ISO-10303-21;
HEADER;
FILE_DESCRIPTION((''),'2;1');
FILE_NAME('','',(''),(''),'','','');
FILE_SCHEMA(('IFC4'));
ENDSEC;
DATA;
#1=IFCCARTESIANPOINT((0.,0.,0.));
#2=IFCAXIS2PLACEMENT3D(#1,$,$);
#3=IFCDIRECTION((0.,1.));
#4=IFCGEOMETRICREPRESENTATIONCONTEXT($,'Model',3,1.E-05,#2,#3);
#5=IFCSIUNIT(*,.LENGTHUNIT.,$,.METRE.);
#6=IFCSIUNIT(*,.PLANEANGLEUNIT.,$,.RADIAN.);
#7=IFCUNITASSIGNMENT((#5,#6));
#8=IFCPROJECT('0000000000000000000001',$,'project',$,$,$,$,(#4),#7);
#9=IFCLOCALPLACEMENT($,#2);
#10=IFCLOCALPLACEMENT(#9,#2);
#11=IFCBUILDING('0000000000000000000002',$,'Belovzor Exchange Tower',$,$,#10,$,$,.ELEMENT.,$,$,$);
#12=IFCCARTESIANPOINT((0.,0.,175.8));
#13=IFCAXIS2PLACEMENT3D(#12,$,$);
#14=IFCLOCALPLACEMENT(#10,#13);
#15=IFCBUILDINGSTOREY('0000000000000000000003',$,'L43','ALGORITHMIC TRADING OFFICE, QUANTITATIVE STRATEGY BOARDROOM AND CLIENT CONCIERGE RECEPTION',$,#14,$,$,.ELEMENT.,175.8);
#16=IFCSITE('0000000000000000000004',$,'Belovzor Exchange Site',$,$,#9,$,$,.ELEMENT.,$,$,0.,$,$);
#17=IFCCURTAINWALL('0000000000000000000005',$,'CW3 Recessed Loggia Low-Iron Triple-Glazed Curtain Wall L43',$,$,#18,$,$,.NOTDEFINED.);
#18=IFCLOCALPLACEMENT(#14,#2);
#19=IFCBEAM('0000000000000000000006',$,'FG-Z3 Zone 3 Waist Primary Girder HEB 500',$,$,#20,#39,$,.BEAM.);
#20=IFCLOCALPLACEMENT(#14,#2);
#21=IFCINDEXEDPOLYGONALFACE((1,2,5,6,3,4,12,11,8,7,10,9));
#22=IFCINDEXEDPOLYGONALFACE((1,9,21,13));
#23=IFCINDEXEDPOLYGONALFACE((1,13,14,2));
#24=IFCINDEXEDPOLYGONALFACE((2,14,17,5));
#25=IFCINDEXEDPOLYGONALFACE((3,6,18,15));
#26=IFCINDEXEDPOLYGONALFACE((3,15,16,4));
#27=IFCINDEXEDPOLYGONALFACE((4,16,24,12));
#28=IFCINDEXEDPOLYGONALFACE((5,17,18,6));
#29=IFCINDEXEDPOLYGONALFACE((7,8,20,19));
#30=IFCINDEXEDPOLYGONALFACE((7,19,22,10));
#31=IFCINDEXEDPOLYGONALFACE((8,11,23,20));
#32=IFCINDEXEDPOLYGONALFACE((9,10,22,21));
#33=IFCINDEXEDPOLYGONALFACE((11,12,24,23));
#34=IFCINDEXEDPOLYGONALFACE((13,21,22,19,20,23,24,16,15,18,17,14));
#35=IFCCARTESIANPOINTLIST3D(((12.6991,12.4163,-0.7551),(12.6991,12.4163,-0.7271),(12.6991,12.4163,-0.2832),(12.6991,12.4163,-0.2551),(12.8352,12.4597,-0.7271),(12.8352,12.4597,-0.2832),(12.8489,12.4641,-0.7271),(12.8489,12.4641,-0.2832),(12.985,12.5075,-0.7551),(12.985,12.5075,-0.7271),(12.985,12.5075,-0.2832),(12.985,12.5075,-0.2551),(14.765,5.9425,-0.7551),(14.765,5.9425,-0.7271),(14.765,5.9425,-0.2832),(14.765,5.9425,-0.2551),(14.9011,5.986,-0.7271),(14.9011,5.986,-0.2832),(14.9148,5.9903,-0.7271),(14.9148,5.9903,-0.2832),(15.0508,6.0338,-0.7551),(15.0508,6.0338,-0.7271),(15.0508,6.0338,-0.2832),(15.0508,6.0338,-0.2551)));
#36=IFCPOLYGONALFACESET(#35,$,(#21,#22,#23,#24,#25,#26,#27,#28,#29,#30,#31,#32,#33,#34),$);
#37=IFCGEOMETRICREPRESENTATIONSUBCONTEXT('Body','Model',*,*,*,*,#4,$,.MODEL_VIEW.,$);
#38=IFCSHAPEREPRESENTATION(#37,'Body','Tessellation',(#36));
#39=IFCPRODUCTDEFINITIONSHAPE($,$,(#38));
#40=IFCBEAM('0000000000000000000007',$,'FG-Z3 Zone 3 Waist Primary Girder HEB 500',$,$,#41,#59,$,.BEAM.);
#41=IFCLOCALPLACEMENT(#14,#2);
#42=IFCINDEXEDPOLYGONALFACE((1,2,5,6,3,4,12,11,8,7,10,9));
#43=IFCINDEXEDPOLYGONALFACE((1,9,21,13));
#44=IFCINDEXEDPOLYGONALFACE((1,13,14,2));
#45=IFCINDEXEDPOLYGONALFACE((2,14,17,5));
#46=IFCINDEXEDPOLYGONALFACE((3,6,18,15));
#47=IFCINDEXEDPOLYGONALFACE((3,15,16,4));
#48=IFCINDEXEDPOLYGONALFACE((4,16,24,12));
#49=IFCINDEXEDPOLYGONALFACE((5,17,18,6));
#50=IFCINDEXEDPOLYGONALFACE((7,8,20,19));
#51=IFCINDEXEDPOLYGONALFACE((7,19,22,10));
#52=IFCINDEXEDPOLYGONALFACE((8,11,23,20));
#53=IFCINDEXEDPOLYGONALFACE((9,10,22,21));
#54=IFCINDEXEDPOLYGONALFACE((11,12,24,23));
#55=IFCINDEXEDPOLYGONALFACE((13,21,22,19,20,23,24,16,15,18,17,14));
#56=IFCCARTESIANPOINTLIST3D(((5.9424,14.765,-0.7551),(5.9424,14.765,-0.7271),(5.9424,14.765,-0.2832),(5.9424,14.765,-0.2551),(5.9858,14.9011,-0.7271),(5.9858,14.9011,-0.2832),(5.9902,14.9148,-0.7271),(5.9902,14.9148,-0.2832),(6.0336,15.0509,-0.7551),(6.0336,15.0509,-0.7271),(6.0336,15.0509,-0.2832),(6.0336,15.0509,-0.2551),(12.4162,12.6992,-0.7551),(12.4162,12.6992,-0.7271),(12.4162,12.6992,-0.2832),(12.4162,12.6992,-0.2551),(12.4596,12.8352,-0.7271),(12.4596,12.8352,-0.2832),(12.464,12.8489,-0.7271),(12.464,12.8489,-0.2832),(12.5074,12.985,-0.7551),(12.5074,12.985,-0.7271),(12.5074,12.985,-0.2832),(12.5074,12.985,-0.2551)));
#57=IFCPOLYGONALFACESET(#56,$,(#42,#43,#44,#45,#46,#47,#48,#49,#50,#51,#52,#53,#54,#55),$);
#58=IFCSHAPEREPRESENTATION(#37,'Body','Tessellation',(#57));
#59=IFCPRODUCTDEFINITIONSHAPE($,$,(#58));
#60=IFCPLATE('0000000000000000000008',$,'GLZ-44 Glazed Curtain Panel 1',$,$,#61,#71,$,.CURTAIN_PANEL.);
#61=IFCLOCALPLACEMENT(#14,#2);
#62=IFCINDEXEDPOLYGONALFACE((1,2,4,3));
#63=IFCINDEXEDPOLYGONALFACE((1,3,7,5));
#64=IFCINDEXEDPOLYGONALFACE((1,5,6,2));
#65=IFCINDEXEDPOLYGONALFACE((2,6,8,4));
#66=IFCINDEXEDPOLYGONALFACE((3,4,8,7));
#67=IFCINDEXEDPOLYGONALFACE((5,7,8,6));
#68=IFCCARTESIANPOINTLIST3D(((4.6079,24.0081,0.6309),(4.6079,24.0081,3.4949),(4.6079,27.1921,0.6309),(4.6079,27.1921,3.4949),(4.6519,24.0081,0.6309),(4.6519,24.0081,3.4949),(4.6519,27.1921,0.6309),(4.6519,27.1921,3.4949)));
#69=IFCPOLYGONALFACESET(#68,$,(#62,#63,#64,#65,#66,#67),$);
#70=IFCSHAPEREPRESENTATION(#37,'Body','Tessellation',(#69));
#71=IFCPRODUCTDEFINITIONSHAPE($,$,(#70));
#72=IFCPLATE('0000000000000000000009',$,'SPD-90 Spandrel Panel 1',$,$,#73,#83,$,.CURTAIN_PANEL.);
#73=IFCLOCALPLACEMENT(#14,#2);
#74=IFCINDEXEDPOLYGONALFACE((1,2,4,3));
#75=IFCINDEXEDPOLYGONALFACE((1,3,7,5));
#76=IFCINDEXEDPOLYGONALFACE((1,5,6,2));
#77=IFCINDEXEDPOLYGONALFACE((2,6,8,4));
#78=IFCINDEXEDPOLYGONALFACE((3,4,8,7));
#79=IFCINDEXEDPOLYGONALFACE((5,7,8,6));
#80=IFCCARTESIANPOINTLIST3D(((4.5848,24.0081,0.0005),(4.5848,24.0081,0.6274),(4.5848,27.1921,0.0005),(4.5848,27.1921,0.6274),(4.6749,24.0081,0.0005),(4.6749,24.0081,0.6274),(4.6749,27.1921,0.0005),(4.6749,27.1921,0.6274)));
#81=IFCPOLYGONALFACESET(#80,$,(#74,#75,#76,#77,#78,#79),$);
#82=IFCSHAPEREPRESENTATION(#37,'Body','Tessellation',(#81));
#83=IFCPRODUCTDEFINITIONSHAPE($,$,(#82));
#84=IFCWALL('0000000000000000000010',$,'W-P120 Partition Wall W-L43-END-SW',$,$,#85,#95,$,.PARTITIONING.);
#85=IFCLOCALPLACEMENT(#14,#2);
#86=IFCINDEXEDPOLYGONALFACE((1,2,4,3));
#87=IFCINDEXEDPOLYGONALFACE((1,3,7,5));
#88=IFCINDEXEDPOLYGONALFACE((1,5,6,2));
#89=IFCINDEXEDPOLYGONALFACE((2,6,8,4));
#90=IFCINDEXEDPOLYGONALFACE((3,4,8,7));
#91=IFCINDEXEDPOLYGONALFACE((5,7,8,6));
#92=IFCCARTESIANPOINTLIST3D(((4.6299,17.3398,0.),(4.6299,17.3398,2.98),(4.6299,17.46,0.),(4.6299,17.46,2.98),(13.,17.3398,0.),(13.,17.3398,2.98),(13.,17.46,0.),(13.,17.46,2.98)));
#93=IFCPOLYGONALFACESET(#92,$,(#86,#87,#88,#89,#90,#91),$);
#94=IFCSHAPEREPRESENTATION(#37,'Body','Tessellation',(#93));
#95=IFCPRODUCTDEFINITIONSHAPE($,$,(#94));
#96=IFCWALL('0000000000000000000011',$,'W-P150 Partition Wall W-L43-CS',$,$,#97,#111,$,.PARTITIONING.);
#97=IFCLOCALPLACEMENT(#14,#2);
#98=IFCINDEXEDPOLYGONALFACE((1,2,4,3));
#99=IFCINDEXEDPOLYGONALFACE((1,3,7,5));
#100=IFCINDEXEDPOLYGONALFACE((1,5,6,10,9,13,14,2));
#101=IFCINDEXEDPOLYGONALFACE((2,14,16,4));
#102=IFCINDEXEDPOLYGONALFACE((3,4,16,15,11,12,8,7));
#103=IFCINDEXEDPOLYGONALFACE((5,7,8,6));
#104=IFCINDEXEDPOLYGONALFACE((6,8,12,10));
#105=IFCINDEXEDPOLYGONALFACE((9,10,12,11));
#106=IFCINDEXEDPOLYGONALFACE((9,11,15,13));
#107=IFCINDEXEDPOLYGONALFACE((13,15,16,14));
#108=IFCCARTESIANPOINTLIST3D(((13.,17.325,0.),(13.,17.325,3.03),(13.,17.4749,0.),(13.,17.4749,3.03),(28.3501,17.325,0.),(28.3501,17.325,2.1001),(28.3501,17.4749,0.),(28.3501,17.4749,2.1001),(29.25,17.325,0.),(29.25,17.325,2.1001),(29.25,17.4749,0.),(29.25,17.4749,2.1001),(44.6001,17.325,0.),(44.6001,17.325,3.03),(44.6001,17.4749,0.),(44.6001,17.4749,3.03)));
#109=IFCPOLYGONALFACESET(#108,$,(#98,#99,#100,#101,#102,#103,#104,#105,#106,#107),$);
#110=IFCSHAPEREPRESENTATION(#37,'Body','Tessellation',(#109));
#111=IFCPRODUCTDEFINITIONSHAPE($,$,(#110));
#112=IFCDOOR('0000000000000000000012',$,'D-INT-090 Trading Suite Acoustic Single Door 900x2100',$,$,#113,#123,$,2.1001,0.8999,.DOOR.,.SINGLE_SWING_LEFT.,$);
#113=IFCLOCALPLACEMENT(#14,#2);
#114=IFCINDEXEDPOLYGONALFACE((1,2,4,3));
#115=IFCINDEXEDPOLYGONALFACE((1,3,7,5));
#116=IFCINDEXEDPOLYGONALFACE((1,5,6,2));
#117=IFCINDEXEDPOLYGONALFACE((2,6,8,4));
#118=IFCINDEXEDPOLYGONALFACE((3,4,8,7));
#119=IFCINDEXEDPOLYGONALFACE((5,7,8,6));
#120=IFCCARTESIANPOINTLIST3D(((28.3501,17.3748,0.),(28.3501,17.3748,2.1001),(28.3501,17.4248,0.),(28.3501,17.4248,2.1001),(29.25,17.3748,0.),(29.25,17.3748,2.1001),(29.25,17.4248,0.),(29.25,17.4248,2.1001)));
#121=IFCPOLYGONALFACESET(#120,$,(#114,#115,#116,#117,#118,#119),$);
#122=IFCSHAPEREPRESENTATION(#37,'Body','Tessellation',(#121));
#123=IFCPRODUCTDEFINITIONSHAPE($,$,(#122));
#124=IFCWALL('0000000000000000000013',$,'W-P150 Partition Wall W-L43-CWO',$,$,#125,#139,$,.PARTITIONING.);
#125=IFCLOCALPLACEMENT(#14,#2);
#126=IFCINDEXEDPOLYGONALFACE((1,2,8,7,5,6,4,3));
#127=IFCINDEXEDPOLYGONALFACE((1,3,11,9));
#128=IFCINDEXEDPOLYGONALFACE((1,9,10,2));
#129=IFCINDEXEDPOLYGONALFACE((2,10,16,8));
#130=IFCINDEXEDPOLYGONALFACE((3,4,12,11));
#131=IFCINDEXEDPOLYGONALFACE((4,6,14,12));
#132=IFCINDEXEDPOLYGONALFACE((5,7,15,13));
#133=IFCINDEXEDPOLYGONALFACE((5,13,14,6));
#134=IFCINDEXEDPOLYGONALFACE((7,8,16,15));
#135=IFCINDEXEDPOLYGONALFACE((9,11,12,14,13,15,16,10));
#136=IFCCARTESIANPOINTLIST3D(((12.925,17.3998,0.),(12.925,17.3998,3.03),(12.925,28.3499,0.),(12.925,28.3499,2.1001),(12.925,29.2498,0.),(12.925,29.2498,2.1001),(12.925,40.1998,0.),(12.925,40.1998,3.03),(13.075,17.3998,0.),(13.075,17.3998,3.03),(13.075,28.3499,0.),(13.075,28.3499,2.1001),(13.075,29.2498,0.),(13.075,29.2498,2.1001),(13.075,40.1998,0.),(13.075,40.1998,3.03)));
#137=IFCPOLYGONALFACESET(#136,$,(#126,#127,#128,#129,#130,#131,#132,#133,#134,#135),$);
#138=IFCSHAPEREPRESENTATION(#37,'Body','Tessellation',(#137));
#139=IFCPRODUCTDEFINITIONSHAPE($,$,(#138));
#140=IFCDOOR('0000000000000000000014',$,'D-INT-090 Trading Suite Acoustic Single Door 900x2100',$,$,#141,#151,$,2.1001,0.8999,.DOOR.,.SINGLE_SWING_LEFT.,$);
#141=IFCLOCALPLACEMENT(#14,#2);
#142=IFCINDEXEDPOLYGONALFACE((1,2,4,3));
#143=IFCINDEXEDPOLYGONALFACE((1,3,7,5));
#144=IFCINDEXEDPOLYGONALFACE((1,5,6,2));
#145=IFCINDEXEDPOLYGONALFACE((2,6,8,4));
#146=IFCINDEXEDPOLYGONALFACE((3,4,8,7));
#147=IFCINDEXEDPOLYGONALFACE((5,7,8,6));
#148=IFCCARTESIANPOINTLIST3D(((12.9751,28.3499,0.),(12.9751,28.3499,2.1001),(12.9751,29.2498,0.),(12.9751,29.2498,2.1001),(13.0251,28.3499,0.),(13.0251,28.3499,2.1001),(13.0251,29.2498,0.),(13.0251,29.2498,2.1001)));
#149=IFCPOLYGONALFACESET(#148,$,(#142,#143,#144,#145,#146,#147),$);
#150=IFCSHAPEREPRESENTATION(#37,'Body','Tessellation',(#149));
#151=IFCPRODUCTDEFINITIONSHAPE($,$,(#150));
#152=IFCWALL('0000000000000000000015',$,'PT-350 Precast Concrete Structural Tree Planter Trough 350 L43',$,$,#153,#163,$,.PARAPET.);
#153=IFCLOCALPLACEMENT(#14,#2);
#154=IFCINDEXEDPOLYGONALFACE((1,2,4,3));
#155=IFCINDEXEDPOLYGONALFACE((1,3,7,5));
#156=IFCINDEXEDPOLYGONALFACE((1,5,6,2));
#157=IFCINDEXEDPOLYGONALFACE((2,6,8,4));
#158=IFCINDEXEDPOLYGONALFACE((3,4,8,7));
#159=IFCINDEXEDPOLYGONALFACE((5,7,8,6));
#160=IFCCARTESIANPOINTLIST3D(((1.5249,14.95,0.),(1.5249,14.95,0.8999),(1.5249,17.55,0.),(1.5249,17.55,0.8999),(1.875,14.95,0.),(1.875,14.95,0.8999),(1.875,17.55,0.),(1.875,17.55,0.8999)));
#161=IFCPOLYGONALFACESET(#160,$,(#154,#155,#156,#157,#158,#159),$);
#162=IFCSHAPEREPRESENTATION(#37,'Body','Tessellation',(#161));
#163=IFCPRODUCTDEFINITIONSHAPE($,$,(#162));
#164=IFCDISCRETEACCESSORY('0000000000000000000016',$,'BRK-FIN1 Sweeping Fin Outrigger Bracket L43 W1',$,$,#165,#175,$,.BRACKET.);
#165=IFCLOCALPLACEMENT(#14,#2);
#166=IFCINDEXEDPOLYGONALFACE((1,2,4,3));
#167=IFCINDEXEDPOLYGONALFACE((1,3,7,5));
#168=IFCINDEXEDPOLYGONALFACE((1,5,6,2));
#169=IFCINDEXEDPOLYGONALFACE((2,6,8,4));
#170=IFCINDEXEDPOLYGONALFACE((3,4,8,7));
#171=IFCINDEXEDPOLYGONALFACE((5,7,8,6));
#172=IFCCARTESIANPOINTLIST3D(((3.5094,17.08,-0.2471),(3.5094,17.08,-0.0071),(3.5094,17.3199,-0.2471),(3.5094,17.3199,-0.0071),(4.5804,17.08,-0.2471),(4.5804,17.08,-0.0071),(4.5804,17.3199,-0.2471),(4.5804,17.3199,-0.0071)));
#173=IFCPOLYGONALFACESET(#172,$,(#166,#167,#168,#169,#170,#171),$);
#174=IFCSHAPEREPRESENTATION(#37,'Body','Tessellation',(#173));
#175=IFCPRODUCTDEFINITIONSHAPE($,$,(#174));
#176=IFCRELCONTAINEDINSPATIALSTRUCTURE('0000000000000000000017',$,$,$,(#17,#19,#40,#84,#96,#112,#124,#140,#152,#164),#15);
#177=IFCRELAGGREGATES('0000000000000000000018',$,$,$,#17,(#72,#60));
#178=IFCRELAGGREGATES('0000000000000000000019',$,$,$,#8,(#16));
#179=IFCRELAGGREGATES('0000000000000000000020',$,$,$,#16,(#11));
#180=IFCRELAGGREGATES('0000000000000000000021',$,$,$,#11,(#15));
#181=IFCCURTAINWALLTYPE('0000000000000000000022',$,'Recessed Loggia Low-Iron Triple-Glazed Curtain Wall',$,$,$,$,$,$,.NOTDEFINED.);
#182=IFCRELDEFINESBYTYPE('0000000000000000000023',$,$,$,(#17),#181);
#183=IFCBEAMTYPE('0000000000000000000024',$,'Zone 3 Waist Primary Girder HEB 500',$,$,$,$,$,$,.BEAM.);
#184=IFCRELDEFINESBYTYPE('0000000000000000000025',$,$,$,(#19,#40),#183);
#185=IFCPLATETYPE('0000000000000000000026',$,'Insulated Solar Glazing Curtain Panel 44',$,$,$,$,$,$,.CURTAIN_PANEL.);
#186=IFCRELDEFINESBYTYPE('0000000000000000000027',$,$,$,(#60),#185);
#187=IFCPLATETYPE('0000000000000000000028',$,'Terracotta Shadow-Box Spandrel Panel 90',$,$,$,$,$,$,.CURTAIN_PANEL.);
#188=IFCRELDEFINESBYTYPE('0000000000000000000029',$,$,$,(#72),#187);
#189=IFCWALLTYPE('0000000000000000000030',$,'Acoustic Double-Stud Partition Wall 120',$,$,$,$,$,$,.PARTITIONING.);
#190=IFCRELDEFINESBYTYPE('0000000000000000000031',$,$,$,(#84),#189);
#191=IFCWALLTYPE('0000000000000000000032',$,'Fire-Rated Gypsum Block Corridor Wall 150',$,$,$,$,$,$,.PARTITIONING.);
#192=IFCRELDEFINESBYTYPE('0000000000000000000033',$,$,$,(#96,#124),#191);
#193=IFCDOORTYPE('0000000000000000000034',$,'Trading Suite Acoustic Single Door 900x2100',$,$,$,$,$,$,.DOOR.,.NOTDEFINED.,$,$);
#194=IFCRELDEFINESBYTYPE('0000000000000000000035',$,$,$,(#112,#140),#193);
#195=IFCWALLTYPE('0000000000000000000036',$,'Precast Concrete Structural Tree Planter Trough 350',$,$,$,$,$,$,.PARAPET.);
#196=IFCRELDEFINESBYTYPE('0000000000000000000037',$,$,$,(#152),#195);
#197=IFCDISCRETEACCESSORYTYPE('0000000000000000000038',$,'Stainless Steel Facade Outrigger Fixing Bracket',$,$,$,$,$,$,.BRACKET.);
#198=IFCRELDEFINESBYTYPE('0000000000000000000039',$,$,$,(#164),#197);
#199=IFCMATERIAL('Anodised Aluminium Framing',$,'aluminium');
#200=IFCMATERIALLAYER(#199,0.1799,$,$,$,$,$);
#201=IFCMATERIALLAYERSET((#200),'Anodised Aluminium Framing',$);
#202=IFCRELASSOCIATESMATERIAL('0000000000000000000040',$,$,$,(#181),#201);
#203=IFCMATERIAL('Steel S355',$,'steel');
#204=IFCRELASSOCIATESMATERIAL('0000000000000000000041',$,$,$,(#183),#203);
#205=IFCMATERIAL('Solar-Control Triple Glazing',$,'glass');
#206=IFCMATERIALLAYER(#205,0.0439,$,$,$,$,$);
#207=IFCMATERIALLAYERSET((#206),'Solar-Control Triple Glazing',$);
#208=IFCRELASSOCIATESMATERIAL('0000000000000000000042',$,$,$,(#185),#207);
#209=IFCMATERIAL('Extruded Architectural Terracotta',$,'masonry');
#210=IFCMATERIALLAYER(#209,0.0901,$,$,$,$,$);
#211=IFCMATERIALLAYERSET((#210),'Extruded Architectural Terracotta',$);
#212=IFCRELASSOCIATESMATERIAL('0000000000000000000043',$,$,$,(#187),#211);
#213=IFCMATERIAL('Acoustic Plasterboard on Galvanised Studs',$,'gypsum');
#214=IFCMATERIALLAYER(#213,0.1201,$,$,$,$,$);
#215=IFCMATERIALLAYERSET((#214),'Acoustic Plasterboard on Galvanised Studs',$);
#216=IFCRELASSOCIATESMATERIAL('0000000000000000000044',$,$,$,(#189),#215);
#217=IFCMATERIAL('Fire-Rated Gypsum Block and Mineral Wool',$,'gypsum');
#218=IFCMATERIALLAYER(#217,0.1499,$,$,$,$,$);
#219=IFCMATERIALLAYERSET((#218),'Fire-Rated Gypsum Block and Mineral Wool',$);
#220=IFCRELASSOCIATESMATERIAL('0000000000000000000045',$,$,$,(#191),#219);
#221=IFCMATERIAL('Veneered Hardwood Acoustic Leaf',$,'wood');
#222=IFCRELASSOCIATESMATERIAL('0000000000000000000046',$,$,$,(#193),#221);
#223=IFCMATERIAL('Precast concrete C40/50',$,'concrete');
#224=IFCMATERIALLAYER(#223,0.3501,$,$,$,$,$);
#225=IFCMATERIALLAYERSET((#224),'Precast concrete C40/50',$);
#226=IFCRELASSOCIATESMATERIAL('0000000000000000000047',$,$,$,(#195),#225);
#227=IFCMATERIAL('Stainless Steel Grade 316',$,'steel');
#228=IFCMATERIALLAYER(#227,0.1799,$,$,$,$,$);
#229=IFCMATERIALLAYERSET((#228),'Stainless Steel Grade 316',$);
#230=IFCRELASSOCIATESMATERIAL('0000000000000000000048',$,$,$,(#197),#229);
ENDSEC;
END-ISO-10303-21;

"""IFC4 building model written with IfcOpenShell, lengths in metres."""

from ifc_helpers import new_model, si_unit, direction, frame, frame_2d, origin, origin_2d, place, context, subcontext, project, spatial, rectangle, i_section, extrude, material, layer, layer_set, material_profile, profile_set, type_object, element, fill, aggregate, save


model = new_model("IFC4")

# Units and contexts
model_context = context("Model", 3, precision=1e-05, world=origin(), true_north=direction((0.0, 1.0)))
body_context = subcontext(model_context, "Body", "Model", "MODEL_VIEW")
ifc_project = project(units=[si_unit("LENGTHUNIT", "METRE"), si_unit("PLANEANGLEUNIT", "RADIAN")], contexts=[model_context])

# Site, building, storey
site_placement = place(None, origin())
site = spatial("IfcSite", under=ifc_project, at=site_placement, Name="Belovzor Exchange Site", CompositionType="ELEMENT", RefElevation=0.0)
building_placement = place(site_placement, origin())
building = spatial("IfcBuilding", under=site, at=building_placement, Name="Belovzor Exchange Tower", CompositionType="ELEMENT")
storey_placement = place(building_placement, frame((0.0, 0.0, 175.8)))
storey = spatial("IfcBuildingStorey", under=building, at=storey_placement, Name="L43", Description="ALGORITHMIC TRADING OFFICE, QUANTITATIVE STRATEGY BOARDROOM AND CLIENT CONCIERGE RECEPTION", CompositionType="ELEMENT", Elevation=175.8)

# Curtain wall
ifc_material_1 = material(Name="Anodised Aluminium Framing", Category="aluminium")
ifc_layer_1 = layer(ifc_material_1, 0.1799)
ifc_layer_set_1 = layer_set([ifc_layer_1], Name="Anodised Aluminium Framing")
curtain_wall_type = type_object("IfcCurtainWallType", Name="Recessed Loggia Low-Iron Triple-Glazed Curtain Wall", PredefinedType="NOTDEFINED", material=ifc_layer_set_1)
curtain_wall_placement = place(storey_placement, origin())
curtain_wall = element("IfcCurtainWall", 1, at=curtain_wall_placement, inside=storey, type_object=curtain_wall_type, Name="CW3 Recessed Loggia Low-Iron Triple-Glazed Curtain Wall L43", PredefinedType="NOTDEFINED")

# Beams
ifc_material_2 = material(Name="Steel S355", Category="steel")
ifc_material_profile_1 = material_profile(ifc_material_2, i_section(OverallWidth=0.3, OverallDepth=0.5, WebThickness=0.0144, FlangeThickness=0.0281, at=origin_2d()))
ifc_profile_set_1 = profile_set([ifc_material_profile_1], Name="Steel S355")
beam_type_1 = type_object("IfcBeamType", Name="Zone 3 Waist Primary Girder HEB 500", PredefinedType="BEAM", material=ifc_profile_set_1)
for number, where, z_axis, x_axis, name in (
    (2, (12.842, 12.4619, -0.5051), (0.304012, -0.952668, 0.0), (0.952668, 0.304012, 0.0), "FG-Z3 Zone 3 Waist Primary Girder HEB 500"),
    (3, (5.988, 14.908, -0.5051), (0.952668, -0.304012, 0.0), (0.304012, 0.952668, 0.0), "FG-Z3 Zone 3 Waist Primary Girder HEB 500"),
):
    element("IfcBeam", number, at=place(storey_placement, frame(where, z_axis=z_axis, x_axis=x_axis)), inside=storey, type_object=beam_type_1, Name=name, PredefinedType="BEAM", context=body_context, shape_type="SweptSolid", body=[
        extrude(i_section(OverallWidth=0.3, OverallDepth=0.5, WebThickness=0.0144, FlangeThickness=0.0281, at=origin_2d()), origin(), (0.0, 0.0, 1.0), 6.7954),
    ])

# Plates
ifc_material_3 = material(Name="Solar-Control Triple Glazing", Category="glass")
ifc_layer_2 = layer(ifc_material_3, 0.0439)
ifc_layer_set_2 = layer_set([ifc_layer_2], Name="Solar-Control Triple Glazing")
plate_type_1 = type_object("IfcPlateType", Name="Insulated Solar Glazing Curtain Panel 44", PredefinedType="CURTAIN_PANEL", material=ifc_layer_set_2)
plate_1_placement = place(storey_placement, frame((4.6299, 25.6001, 0.6309), z_axis=(0.0, 0.0, 1.0), x_axis=(0.0, 1.0, 0.0)))
plate_1 = element("IfcPlate", 4, at=plate_1_placement, type_object=plate_type_1, Name="GLZ-44 Glazed Curtain Panel 1", PredefinedType="CURTAIN_PANEL", context=body_context, shape_type="SweptSolid", body=[
    extrude(rectangle(XDim=3.1841, YDim=0.0439, at=origin_2d()), origin(), (0.0, 0.0, 1.0), 2.864),
])
ifc_material_4 = material(Name="Extruded Architectural Terracotta", Category="masonry")
ifc_layer_3 = layer(ifc_material_4, 0.0901)
ifc_layer_set_3 = layer_set([ifc_layer_3], Name="Extruded Architectural Terracotta")
plate_type_2 = type_object("IfcPlateType", Name="Terracotta Shadow-Box Spandrel Panel 90", PredefinedType="CURTAIN_PANEL", material=ifc_layer_set_3)
plate_2_placement = place(storey_placement, frame((4.6299, 25.6001, 0.0005), z_axis=(0.0, 0.0, 1.0), x_axis=(0.0, 1.0, 0.0)))
plate_2 = element("IfcPlate", 5, at=plate_2_placement, type_object=plate_type_2, Name="SPD-90 Spandrel Panel 1", PredefinedType="CURTAIN_PANEL", context=body_context, shape_type="SweptSolid", body=[
    extrude(rectangle(XDim=3.1841, YDim=0.0901, at=origin_2d()), origin(), (0.0, 0.0, 1.0), 0.627),
])
aggregate(curtain_wall, [plate_2, plate_1])

# Wall
ifc_material_5 = material(Name="Acoustic Plasterboard on Galvanised Studs", Category="gypsum")
ifc_layer_4 = layer(ifc_material_5, 0.1201)
ifc_layer_set_4 = layer_set([ifc_layer_4], Name="Acoustic Plasterboard on Galvanised Studs")
wall_type_1 = type_object("IfcWallType", Name="Acoustic Double-Stud Partition Wall 120", PredefinedType="PARTITIONING", material=ifc_layer_set_4)
wall_1_placement = place(storey_placement, frame((4.6299, 17.3999, 0.0), z_axis=(0.0, 0.0, 1.0), x_axis=(1.0, 0.0, 0.0)))
element("IfcWall", 6, at=wall_1_placement, inside=storey, type_object=wall_type_1, Name="W-P120 Partition Wall W-L43-END-SW", PredefinedType="PARTITIONING", context=body_context, shape_type="SweptSolid", body=[
    extrude(rectangle(XDim=8.3701, YDim=0.1201, at=frame_2d((4.1851, 0.0))), origin(), (0.0, 0.0, 1.0), 2.98),
])

# Walls, openings, doors
ifc_material_6 = material(Name="Fire-Rated Gypsum Block and Mineral Wool", Category="gypsum")
ifc_layer_5 = layer(ifc_material_6, 0.1499)
ifc_layer_set_5 = layer_set([ifc_layer_5], Name="Fire-Rated Gypsum Block and Mineral Wool")
wall_type_2 = type_object("IfcWallType", Name="Fire-Rated Gypsum Block Corridor Wall 150", PredefinedType="PARTITIONING", material=ifc_layer_set_5)
wall_2_placement = place(storey_placement, frame((13.0, 17.3999, 0.0), z_axis=(0.0, 0.0, 1.0), x_axis=(1.0, 0.0, 0.0)))
wall_2 = element("IfcWall", 7, at=wall_2_placement, inside=storey, type_object=wall_type_2, Name="W-P150 Partition Wall W-L43-CS", PredefinedType="PARTITIONING", context=body_context, shape_type="SweptSolid", body=[
    extrude(rectangle(XDim=31.6001, YDim=0.1499, at=frame_2d((15.8, 0.0))), origin(), (0.0, 0.0, 1.0), 3.03),
])
opening_1_placement = place(wall_2_placement, frame((15.3501, 0.0, 0.0)))
opening_1 = element("IfcOpeningElement", 8, at=opening_1_placement, cuts=wall_2, PredefinedType="OPENING", context=body_context, shape_type="SweptSolid", body=[
    extrude(rectangle(XDim=0.8999, YDim=2.1001, at=frame_2d((0.45, 1.05))), frame((0.0, 0.085, 0.0), z_axis=(0.0, -1.0, 0.0), x_axis=(1.0, 0.0, 0.0)), (0.0, 0.0, 1.0), 0.1699),
])
ifc_material_7 = material(Name="Veneered Hardwood Acoustic Leaf", Category="wood")
door_type = type_object("IfcDoorType", Name="Trading Suite Acoustic Single Door 900x2100", OperationType="NOTDEFINED", PredefinedType="DOOR", material=ifc_material_7)
door_1_placement = place(opening_1_placement, origin())
door_1 = element("IfcDoor", 9, at=door_1_placement, inside=storey, type_object=door_type, Name="D-INT-090 Trading Suite Acoustic Single Door 900x2100", OperationType="SINGLE_SWING_LEFT", OverallHeight=2.1001, OverallWidth=0.8999, PredefinedType="DOOR", context=body_context, shape_type="SweptSolid", body=[
    extrude(rectangle(XDim=0.8999, YDim=2.1001, at=frame_2d((0.45, 1.05))), frame((0.0, 0.0249, 0.0), z_axis=(0.0, -1.0, 0.0), x_axis=(1.0, 0.0, 0.0)), (0.0, 0.0, 1.0), 0.05),
])
fill(opening_1, door_1)
wall_3_placement = place(storey_placement, frame((13.0, 17.3999, 0.0), z_axis=(0.0, 0.0, 1.0), x_axis=(0.0, 1.0, 0.0)))
wall_3 = element("IfcWall", 10, at=wall_3_placement, inside=storey, type_object=wall_type_2, Name="W-P150 Partition Wall W-L43-CWO", PredefinedType="PARTITIONING", context=body_context, shape_type="SweptSolid", body=[
    extrude(rectangle(XDim=22.8, YDim=0.1499, at=frame_2d((11.3999, 0.0))), origin(), (0.0, 0.0, 1.0), 3.03),
])
opening_2_placement = place(wall_3_placement, frame((10.95, 0.0, 0.0)))
opening_2 = element("IfcOpeningElement", 11, at=opening_2_placement, cuts=wall_3, PredefinedType="OPENING", context=body_context, shape_type="SweptSolid", body=[
    extrude(rectangle(XDim=0.8999, YDim=2.1001, at=frame_2d((0.45, 1.05))), frame((0.0, 0.085, 0.0), z_axis=(0.0, -1.0, 0.0), x_axis=(1.0, 0.0, 0.0)), (0.0, 0.0, 1.0), 0.1699),
])
door_2_placement = place(opening_2_placement, origin())
door_2 = element("IfcDoor", 12, at=door_2_placement, inside=storey, type_object=door_type, Name="D-INT-090 Trading Suite Acoustic Single Door 900x2100", OperationType="SINGLE_SWING_LEFT", OverallHeight=2.1001, OverallWidth=0.8999, PredefinedType="DOOR", context=body_context, shape_type="SweptSolid", body=[
    extrude(rectangle(XDim=0.8999, YDim=2.1001, at=frame_2d((0.45, 1.05))), frame((0.0, 0.0249, 0.0), z_axis=(0.0, -1.0, 0.0), x_axis=(1.0, 0.0, 0.0)), (0.0, 0.0, 1.0), 0.05),
])
fill(opening_2, door_2)

# Wall
ifc_material_8 = material(Name="Precast concrete C40/50", Category="concrete")
ifc_layer_6 = layer(ifc_material_8, 0.3501)
ifc_layer_set_6 = layer_set([ifc_layer_6], Name="Precast concrete C40/50")
wall_type_3 = type_object("IfcWallType", Name="Precast Concrete Structural Tree Planter Trough 350", PredefinedType="PARAPET", material=ifc_layer_set_6)
wall_4_placement = place(storey_placement, frame((1.7, 14.95, 0.0), z_axis=(0.0, 0.0, 1.0), x_axis=(0.0, 1.0, 0.0)))
element("IfcWall", 13, at=wall_4_placement, inside=storey, type_object=wall_type_3, Name="PT-350 Precast Concrete Structural Tree Planter Trough 350 L43", PredefinedType="PARAPET", context=body_context, shape_type="SweptSolid", body=[
    extrude(rectangle(XDim=2.6001, YDim=0.3501, at=frame_2d((1.3, 0.0))), origin(), (0.0, 0.0, 1.0), 0.8999),
])

# Discrete accessory
ifc_material_9 = material(Name="Stainless Steel Grade 316", Category="steel")
ifc_layer_7 = layer(ifc_material_9, 0.1799)
ifc_layer_set_7 = layer_set([ifc_layer_7], Name="Stainless Steel Grade 316")
discrete_accessory_type = type_object("IfcDiscreteAccessoryType", Name="Stainless Steel Facade Outrigger Fixing Bracket", PredefinedType="BRACKET", material=ifc_layer_set_7)
for number, where, z_axis, x_axis, name in (
    (14, (4.0449, 17.2, -0.2471), (0.0, 0.0, 1.0), (1.0, 0.0, 0.0), "BRK-FIN1 Sweeping Fin Outrigger Bracket L43 W1"),
):
    element("IfcDiscreteAccessory", number, at=place(storey_placement, frame(where, z_axis=z_axis, x_axis=x_axis)), inside=storey, type_object=discrete_accessory_type, Name=name, PredefinedType="BRACKET", context=body_context, shape_type="SweptSolid", body=[
        extrude(rectangle(XDim=1.071, YDim=0.24, at=origin_2d()), origin(), (0.0, 0.0, 1.0), 0.24),
    ])

save(model, "model.ifc")
